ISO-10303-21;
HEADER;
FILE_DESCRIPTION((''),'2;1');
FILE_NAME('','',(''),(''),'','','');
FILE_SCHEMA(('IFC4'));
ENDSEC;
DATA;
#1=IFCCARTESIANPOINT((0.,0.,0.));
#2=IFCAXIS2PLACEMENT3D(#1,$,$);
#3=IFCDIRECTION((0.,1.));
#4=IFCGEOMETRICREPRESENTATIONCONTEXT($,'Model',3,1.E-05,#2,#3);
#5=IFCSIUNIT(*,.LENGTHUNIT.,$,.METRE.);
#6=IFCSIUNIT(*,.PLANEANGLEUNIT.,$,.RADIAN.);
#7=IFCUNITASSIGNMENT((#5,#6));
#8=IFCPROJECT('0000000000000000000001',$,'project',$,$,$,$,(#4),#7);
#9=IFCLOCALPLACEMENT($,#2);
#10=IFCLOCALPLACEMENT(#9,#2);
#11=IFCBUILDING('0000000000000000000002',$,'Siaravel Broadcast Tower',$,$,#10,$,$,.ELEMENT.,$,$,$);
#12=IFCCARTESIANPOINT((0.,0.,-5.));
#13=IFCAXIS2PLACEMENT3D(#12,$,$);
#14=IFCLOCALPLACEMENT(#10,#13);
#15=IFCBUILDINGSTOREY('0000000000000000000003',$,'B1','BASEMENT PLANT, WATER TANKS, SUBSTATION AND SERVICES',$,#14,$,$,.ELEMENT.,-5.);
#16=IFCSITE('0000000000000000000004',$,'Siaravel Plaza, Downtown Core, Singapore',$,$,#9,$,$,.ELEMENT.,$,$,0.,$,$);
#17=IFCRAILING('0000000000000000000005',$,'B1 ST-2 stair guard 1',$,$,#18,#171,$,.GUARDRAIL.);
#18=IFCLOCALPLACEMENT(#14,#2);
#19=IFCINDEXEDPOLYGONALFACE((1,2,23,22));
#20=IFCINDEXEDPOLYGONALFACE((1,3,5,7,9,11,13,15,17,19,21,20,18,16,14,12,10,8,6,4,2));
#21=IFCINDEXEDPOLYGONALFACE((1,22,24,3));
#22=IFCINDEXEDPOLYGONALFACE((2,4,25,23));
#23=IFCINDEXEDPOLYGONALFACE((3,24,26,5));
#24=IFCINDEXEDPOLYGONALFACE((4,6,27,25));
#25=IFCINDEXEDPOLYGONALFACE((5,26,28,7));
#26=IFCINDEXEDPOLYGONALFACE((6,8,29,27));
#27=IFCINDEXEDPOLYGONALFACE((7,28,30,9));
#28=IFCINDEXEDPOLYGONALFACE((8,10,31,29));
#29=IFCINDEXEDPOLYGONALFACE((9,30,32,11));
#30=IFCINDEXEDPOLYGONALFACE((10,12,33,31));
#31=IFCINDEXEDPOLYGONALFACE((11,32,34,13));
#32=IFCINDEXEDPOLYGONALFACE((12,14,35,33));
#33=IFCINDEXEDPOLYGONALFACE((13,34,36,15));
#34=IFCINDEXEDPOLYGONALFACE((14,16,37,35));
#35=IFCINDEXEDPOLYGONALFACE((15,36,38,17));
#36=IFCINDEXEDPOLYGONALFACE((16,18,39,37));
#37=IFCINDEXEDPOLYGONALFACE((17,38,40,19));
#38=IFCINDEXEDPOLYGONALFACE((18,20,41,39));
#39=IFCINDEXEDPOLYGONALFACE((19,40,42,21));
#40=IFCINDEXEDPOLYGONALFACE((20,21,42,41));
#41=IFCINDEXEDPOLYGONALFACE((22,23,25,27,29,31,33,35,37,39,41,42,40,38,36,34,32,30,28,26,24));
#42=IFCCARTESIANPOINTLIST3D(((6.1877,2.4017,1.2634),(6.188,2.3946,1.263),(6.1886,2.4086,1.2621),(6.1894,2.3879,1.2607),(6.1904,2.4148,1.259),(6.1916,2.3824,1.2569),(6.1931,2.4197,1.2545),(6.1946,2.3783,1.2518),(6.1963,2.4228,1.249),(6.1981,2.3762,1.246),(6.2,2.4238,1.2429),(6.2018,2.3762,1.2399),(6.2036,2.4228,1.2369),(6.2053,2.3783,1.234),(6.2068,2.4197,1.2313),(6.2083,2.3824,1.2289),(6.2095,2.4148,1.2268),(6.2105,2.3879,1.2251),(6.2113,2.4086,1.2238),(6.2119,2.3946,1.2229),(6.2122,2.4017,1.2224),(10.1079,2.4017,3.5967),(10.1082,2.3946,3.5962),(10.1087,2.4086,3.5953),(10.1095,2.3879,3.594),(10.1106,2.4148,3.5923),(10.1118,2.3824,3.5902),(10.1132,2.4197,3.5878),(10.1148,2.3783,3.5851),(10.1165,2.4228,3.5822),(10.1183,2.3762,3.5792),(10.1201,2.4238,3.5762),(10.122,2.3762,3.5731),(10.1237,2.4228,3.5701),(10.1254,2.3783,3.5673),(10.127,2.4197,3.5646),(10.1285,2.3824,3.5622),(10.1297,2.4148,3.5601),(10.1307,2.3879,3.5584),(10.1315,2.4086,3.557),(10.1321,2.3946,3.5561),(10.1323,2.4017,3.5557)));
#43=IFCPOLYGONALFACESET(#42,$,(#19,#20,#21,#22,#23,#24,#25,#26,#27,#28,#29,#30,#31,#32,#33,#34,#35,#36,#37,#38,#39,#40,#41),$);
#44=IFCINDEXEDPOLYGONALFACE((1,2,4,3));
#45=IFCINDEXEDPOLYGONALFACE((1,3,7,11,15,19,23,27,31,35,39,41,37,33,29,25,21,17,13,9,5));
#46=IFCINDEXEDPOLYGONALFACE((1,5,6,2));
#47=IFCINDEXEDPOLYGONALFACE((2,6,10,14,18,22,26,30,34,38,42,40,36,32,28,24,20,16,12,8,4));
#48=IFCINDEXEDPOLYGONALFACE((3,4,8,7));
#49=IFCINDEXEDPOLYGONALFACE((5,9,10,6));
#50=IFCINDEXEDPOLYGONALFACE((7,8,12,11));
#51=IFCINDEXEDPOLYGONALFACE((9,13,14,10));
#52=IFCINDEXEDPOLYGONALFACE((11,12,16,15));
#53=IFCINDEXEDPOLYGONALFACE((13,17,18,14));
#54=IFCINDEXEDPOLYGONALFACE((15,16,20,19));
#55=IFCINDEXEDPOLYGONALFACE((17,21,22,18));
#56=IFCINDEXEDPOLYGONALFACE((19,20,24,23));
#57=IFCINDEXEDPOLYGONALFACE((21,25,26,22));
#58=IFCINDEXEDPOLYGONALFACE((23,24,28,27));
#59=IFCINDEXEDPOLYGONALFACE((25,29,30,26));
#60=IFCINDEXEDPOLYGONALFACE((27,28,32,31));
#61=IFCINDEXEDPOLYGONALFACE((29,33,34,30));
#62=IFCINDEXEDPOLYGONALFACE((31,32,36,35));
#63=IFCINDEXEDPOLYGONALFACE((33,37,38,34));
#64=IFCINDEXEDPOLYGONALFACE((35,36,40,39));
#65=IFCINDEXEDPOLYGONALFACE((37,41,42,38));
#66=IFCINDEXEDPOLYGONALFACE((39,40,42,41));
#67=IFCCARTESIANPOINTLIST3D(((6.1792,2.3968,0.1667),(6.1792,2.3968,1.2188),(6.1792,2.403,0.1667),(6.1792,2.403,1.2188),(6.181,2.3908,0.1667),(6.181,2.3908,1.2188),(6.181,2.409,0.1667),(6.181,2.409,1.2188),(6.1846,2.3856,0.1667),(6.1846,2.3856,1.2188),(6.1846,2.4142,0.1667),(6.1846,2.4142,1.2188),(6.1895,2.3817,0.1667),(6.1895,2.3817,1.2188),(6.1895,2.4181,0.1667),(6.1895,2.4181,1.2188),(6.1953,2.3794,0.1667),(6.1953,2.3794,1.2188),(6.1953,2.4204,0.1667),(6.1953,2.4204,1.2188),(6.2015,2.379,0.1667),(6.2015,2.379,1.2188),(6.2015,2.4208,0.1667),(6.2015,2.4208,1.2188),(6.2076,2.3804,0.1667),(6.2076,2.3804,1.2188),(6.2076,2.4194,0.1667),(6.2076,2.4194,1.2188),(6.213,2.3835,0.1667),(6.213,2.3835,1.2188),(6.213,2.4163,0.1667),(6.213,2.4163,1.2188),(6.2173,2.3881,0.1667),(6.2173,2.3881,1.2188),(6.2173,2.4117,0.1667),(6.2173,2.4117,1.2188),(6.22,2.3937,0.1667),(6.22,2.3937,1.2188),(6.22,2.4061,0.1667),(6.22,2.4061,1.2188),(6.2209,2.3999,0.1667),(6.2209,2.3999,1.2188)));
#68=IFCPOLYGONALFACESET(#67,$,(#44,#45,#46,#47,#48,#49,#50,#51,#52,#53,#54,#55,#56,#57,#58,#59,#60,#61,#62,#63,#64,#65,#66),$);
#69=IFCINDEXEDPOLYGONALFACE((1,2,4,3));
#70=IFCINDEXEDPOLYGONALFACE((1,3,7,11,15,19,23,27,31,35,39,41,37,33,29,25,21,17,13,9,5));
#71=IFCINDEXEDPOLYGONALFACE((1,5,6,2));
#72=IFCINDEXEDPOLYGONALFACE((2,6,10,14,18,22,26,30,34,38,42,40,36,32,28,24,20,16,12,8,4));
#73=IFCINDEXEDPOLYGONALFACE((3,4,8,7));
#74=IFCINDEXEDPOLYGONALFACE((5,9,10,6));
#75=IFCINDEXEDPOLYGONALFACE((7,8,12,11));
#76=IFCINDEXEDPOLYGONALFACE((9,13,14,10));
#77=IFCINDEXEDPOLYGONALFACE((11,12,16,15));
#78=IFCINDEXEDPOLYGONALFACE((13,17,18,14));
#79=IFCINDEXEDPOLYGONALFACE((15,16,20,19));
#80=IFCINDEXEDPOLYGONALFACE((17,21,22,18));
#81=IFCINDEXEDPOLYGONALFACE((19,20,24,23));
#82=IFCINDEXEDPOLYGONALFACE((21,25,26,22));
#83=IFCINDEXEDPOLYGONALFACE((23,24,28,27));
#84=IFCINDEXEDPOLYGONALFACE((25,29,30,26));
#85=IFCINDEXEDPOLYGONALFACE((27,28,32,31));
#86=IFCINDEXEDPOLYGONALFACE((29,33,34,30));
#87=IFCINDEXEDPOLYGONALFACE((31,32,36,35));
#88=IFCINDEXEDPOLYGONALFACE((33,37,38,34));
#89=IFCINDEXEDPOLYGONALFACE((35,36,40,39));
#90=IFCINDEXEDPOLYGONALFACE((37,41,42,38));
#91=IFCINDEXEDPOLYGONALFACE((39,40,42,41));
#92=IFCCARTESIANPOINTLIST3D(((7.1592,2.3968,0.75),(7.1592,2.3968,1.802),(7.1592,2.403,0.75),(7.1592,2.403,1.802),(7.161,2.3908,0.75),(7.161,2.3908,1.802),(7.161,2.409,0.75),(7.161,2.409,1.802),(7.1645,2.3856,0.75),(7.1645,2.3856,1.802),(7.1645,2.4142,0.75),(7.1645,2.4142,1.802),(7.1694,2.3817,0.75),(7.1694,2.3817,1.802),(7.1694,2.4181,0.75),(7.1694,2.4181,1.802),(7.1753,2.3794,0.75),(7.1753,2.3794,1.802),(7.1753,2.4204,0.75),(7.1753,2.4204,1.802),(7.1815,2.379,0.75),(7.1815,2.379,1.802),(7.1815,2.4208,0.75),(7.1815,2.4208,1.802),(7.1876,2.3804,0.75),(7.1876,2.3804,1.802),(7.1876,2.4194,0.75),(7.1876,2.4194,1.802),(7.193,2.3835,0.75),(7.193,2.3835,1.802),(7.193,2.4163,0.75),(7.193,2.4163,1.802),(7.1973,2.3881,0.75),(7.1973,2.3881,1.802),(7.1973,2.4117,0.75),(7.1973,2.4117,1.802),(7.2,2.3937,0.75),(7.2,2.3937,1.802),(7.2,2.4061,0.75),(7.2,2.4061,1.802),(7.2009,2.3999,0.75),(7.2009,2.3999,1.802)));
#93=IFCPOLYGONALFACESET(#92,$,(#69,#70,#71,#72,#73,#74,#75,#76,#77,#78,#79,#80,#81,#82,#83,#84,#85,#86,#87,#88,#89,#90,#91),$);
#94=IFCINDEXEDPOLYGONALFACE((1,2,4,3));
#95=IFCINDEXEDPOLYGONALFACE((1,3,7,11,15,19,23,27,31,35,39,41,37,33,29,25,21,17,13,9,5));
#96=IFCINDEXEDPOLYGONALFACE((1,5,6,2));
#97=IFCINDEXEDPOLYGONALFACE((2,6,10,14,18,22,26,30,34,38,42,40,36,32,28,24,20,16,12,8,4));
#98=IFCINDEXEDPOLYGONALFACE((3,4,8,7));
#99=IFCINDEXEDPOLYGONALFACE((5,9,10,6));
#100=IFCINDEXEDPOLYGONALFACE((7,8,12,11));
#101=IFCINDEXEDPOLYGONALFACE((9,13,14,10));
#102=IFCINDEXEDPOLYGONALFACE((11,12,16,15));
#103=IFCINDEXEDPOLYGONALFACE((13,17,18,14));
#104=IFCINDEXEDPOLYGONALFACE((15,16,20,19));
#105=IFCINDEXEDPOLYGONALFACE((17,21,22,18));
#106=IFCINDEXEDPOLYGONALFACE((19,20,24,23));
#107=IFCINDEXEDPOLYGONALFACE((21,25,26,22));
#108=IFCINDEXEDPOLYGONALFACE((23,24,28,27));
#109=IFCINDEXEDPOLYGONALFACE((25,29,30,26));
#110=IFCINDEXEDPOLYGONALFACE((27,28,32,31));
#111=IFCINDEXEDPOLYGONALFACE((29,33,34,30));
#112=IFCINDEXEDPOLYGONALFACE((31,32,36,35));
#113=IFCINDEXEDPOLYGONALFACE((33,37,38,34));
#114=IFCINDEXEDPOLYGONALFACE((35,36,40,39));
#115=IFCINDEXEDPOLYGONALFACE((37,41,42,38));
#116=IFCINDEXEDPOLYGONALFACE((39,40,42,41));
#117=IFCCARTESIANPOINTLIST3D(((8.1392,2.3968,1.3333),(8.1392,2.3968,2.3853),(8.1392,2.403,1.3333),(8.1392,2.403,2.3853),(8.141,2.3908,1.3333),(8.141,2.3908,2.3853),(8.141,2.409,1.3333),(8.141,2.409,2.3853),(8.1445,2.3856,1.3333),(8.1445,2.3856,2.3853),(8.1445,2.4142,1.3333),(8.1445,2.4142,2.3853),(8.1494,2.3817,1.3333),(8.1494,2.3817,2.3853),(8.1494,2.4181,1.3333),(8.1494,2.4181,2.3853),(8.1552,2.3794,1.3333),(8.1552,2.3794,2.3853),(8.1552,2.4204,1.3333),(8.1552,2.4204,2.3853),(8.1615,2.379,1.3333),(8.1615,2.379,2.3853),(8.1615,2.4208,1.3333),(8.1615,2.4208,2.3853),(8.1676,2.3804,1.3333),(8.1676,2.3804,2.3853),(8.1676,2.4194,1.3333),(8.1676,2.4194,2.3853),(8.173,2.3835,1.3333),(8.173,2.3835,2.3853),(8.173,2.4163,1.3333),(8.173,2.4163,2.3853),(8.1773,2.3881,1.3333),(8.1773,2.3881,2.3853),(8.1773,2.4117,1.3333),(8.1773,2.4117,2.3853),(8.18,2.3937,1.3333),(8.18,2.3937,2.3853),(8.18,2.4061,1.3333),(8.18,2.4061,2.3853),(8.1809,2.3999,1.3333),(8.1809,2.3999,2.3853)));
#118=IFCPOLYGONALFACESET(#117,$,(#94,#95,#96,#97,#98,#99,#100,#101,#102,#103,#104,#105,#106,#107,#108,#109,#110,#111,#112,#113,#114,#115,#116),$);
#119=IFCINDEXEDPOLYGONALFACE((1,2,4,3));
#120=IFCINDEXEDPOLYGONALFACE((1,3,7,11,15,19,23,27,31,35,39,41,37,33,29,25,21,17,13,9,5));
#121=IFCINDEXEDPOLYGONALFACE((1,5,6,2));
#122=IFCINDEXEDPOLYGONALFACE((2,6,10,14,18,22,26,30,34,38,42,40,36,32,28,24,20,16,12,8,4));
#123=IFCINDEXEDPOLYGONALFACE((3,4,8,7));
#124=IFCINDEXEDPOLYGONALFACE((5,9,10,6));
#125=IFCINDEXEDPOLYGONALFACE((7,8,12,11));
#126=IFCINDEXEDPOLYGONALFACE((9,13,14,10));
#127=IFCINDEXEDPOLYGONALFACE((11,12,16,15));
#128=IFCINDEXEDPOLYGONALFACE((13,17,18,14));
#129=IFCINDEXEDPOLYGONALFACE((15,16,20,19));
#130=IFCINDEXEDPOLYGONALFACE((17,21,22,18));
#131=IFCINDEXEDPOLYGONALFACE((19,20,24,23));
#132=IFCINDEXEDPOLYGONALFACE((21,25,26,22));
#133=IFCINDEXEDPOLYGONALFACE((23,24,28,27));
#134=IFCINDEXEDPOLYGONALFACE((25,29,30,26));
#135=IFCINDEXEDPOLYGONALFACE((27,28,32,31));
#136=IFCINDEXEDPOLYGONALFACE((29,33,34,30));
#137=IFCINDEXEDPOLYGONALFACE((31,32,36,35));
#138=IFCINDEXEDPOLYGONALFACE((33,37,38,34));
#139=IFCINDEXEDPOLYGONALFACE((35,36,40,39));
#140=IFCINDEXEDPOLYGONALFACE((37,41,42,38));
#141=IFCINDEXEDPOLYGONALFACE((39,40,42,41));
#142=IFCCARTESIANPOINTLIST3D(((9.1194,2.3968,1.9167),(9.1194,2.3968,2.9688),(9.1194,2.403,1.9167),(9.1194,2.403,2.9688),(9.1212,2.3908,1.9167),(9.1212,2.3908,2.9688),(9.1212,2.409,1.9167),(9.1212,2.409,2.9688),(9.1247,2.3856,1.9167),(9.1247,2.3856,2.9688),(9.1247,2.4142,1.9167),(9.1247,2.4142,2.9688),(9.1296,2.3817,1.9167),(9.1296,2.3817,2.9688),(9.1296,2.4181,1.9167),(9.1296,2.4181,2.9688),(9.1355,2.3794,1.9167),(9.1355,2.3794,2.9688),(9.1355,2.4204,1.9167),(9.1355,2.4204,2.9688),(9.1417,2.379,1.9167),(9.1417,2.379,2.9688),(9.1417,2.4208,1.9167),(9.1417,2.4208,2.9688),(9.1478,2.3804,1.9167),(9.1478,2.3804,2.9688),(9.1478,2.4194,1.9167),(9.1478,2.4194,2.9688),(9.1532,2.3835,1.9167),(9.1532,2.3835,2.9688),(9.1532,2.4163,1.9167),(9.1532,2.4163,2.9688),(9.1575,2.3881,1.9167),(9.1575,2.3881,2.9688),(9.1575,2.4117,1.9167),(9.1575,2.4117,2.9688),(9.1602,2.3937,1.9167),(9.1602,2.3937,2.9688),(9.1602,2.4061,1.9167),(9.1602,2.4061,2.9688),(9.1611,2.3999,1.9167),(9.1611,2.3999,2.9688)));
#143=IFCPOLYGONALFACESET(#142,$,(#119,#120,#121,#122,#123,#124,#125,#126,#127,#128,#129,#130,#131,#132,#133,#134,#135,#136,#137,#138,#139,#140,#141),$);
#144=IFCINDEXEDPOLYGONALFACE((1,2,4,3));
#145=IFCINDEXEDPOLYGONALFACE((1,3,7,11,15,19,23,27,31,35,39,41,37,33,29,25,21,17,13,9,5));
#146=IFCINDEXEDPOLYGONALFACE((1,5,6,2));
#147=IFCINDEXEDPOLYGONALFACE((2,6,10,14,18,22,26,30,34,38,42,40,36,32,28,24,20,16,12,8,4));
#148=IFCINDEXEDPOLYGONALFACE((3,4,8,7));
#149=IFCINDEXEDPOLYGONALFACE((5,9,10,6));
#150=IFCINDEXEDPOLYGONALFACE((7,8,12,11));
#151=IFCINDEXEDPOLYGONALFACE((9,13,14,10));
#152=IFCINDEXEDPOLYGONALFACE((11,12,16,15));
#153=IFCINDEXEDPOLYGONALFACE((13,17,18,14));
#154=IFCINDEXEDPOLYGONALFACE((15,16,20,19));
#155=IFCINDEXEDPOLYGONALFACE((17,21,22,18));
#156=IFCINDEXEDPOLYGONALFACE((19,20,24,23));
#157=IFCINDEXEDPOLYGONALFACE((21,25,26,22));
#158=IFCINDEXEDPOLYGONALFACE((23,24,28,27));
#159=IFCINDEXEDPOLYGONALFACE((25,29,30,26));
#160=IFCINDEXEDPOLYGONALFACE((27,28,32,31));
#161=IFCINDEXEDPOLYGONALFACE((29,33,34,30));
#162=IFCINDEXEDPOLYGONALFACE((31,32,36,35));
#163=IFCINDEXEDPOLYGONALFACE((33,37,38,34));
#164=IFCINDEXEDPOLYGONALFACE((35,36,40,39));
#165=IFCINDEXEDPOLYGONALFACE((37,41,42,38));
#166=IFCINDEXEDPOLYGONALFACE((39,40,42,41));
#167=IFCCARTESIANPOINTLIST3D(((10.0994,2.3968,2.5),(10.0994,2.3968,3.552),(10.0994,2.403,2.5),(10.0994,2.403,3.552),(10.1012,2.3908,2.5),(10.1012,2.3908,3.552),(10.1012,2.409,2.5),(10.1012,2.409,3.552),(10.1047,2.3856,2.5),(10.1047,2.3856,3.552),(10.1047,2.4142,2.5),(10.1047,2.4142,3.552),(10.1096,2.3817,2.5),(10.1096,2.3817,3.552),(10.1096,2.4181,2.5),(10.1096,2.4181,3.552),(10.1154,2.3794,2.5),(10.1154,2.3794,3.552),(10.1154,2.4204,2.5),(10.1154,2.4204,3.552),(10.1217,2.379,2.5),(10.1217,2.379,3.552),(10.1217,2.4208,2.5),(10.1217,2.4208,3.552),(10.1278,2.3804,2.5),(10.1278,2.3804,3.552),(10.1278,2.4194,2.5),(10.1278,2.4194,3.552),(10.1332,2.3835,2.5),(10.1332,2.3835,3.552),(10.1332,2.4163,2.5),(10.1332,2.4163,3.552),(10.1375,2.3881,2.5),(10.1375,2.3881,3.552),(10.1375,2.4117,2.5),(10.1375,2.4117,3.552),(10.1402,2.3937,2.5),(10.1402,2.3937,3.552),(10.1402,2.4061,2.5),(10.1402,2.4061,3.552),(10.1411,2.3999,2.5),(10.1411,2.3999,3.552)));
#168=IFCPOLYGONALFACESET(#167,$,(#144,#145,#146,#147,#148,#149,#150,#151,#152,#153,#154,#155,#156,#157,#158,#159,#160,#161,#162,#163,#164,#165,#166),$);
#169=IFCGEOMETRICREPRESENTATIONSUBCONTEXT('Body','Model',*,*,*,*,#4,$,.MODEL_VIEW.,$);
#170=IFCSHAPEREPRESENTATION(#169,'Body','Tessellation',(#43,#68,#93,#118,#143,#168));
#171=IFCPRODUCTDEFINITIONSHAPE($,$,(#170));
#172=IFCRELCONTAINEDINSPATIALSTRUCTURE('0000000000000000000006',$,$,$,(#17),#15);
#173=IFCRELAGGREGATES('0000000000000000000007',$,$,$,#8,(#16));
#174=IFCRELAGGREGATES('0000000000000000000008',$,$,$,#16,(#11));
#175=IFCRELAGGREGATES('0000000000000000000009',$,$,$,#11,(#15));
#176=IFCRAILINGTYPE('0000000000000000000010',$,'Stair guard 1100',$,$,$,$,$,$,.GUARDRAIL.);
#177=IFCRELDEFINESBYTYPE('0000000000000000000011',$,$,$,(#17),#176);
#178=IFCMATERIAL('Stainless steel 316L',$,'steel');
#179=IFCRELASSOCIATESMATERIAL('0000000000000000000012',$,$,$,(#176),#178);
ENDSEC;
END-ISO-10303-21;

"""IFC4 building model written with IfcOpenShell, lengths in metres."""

from ifc_helpers import new_model, si_unit, direction, frame, origin, origin_2d, place, context, subcontext, project, spatial, circle, extrude, material, type_object, element, save


model = new_model("IFC4")

# Units and contexts
model_context = context("Model", 3, precision=1e-05, world=origin(), true_north=direction((0.0, 1.0)))
body_context = subcontext(model_context, "Body", "Model", "MODEL_VIEW")
ifc_project = project(units=[si_unit("LENGTHUNIT", "METRE"), si_unit("PLANEANGLEUNIT", "RADIAN")], contexts=[model_context])

# Site, building, storey
site_placement = place(None, origin())
site = spatial("IfcSite", under=ifc_project, at=site_placement, Name="Siaravel Plaza, Downtown Core, Singapore", CompositionType="ELEMENT", RefElevation=0.0)
building_placement = place(site_placement, origin())
building = spatial("IfcBuilding", under=site, at=building_placement, Name="Siaravel Broadcast Tower", CompositionType="ELEMENT")
storey_placement = place(building_placement, frame((0.0, 0.0, -5.0)))
storey = spatial("IfcBuildingStorey", under=building, at=storey_placement, Name="B1", Description="BASEMENT PLANT, WATER TANKS, SUBSTATION AND SERVICES", CompositionType="ELEMENT", Elevation=-5.0)

# Railing
ifc_material_1 = material(Name="Stainless steel 316L", Category="steel")
railing_type_1 = type_object("IfcRailingType", Name="Stair guard 1100", PredefinedType="GUARDRAIL", material=ifc_material_1)
railing_1_placement = place(storey_placement, frame((6.2, 2.3999, 0.1667)))
element("IfcRailing", 1, at=railing_1_placement, inside=storey, type_object=railing_type_1, Name="B1 ST-2 stair guard 1", PredefinedType="GUARDRAIL", context=body_context, shape_type="SweptSolid", body=[
    extrude(circle(Radius=0.0239, at=origin_2d()), frame((0.0, 0.0, 1.0762), z_axis=(0.85931, 0.0, 0.511455), x_axis=(0.0, 1.0, 0.0)), (0.0, 0.0, 1.0), 4.562),
    extrude(circle(Radius=0.021, at=origin_2d()), origin(), (0.0, 0.0, 1.0), 1.052),
    extrude(circle(Radius=0.021, at=origin_2d()), frame((0.98, 0.0, 0.5833)), (0.0, 0.0, 1.0), 1.052),
    extrude(circle(Radius=0.021, at=origin_2d()), frame((1.96, 0.0, 1.1665)), (0.0, 0.0, 1.0), 1.052),
    extrude(circle(Radius=0.021, at=origin_2d()), frame((2.9402, 0.0, 1.75)), (0.0, 0.0, 1.0), 1.052),
    extrude(circle(Radius=0.021, at=origin_2d()), frame((3.9202, 0.0, 2.3333)), (0.0, 0.0, 1.0), 1.052),
])

save(model, "model.ifc")
